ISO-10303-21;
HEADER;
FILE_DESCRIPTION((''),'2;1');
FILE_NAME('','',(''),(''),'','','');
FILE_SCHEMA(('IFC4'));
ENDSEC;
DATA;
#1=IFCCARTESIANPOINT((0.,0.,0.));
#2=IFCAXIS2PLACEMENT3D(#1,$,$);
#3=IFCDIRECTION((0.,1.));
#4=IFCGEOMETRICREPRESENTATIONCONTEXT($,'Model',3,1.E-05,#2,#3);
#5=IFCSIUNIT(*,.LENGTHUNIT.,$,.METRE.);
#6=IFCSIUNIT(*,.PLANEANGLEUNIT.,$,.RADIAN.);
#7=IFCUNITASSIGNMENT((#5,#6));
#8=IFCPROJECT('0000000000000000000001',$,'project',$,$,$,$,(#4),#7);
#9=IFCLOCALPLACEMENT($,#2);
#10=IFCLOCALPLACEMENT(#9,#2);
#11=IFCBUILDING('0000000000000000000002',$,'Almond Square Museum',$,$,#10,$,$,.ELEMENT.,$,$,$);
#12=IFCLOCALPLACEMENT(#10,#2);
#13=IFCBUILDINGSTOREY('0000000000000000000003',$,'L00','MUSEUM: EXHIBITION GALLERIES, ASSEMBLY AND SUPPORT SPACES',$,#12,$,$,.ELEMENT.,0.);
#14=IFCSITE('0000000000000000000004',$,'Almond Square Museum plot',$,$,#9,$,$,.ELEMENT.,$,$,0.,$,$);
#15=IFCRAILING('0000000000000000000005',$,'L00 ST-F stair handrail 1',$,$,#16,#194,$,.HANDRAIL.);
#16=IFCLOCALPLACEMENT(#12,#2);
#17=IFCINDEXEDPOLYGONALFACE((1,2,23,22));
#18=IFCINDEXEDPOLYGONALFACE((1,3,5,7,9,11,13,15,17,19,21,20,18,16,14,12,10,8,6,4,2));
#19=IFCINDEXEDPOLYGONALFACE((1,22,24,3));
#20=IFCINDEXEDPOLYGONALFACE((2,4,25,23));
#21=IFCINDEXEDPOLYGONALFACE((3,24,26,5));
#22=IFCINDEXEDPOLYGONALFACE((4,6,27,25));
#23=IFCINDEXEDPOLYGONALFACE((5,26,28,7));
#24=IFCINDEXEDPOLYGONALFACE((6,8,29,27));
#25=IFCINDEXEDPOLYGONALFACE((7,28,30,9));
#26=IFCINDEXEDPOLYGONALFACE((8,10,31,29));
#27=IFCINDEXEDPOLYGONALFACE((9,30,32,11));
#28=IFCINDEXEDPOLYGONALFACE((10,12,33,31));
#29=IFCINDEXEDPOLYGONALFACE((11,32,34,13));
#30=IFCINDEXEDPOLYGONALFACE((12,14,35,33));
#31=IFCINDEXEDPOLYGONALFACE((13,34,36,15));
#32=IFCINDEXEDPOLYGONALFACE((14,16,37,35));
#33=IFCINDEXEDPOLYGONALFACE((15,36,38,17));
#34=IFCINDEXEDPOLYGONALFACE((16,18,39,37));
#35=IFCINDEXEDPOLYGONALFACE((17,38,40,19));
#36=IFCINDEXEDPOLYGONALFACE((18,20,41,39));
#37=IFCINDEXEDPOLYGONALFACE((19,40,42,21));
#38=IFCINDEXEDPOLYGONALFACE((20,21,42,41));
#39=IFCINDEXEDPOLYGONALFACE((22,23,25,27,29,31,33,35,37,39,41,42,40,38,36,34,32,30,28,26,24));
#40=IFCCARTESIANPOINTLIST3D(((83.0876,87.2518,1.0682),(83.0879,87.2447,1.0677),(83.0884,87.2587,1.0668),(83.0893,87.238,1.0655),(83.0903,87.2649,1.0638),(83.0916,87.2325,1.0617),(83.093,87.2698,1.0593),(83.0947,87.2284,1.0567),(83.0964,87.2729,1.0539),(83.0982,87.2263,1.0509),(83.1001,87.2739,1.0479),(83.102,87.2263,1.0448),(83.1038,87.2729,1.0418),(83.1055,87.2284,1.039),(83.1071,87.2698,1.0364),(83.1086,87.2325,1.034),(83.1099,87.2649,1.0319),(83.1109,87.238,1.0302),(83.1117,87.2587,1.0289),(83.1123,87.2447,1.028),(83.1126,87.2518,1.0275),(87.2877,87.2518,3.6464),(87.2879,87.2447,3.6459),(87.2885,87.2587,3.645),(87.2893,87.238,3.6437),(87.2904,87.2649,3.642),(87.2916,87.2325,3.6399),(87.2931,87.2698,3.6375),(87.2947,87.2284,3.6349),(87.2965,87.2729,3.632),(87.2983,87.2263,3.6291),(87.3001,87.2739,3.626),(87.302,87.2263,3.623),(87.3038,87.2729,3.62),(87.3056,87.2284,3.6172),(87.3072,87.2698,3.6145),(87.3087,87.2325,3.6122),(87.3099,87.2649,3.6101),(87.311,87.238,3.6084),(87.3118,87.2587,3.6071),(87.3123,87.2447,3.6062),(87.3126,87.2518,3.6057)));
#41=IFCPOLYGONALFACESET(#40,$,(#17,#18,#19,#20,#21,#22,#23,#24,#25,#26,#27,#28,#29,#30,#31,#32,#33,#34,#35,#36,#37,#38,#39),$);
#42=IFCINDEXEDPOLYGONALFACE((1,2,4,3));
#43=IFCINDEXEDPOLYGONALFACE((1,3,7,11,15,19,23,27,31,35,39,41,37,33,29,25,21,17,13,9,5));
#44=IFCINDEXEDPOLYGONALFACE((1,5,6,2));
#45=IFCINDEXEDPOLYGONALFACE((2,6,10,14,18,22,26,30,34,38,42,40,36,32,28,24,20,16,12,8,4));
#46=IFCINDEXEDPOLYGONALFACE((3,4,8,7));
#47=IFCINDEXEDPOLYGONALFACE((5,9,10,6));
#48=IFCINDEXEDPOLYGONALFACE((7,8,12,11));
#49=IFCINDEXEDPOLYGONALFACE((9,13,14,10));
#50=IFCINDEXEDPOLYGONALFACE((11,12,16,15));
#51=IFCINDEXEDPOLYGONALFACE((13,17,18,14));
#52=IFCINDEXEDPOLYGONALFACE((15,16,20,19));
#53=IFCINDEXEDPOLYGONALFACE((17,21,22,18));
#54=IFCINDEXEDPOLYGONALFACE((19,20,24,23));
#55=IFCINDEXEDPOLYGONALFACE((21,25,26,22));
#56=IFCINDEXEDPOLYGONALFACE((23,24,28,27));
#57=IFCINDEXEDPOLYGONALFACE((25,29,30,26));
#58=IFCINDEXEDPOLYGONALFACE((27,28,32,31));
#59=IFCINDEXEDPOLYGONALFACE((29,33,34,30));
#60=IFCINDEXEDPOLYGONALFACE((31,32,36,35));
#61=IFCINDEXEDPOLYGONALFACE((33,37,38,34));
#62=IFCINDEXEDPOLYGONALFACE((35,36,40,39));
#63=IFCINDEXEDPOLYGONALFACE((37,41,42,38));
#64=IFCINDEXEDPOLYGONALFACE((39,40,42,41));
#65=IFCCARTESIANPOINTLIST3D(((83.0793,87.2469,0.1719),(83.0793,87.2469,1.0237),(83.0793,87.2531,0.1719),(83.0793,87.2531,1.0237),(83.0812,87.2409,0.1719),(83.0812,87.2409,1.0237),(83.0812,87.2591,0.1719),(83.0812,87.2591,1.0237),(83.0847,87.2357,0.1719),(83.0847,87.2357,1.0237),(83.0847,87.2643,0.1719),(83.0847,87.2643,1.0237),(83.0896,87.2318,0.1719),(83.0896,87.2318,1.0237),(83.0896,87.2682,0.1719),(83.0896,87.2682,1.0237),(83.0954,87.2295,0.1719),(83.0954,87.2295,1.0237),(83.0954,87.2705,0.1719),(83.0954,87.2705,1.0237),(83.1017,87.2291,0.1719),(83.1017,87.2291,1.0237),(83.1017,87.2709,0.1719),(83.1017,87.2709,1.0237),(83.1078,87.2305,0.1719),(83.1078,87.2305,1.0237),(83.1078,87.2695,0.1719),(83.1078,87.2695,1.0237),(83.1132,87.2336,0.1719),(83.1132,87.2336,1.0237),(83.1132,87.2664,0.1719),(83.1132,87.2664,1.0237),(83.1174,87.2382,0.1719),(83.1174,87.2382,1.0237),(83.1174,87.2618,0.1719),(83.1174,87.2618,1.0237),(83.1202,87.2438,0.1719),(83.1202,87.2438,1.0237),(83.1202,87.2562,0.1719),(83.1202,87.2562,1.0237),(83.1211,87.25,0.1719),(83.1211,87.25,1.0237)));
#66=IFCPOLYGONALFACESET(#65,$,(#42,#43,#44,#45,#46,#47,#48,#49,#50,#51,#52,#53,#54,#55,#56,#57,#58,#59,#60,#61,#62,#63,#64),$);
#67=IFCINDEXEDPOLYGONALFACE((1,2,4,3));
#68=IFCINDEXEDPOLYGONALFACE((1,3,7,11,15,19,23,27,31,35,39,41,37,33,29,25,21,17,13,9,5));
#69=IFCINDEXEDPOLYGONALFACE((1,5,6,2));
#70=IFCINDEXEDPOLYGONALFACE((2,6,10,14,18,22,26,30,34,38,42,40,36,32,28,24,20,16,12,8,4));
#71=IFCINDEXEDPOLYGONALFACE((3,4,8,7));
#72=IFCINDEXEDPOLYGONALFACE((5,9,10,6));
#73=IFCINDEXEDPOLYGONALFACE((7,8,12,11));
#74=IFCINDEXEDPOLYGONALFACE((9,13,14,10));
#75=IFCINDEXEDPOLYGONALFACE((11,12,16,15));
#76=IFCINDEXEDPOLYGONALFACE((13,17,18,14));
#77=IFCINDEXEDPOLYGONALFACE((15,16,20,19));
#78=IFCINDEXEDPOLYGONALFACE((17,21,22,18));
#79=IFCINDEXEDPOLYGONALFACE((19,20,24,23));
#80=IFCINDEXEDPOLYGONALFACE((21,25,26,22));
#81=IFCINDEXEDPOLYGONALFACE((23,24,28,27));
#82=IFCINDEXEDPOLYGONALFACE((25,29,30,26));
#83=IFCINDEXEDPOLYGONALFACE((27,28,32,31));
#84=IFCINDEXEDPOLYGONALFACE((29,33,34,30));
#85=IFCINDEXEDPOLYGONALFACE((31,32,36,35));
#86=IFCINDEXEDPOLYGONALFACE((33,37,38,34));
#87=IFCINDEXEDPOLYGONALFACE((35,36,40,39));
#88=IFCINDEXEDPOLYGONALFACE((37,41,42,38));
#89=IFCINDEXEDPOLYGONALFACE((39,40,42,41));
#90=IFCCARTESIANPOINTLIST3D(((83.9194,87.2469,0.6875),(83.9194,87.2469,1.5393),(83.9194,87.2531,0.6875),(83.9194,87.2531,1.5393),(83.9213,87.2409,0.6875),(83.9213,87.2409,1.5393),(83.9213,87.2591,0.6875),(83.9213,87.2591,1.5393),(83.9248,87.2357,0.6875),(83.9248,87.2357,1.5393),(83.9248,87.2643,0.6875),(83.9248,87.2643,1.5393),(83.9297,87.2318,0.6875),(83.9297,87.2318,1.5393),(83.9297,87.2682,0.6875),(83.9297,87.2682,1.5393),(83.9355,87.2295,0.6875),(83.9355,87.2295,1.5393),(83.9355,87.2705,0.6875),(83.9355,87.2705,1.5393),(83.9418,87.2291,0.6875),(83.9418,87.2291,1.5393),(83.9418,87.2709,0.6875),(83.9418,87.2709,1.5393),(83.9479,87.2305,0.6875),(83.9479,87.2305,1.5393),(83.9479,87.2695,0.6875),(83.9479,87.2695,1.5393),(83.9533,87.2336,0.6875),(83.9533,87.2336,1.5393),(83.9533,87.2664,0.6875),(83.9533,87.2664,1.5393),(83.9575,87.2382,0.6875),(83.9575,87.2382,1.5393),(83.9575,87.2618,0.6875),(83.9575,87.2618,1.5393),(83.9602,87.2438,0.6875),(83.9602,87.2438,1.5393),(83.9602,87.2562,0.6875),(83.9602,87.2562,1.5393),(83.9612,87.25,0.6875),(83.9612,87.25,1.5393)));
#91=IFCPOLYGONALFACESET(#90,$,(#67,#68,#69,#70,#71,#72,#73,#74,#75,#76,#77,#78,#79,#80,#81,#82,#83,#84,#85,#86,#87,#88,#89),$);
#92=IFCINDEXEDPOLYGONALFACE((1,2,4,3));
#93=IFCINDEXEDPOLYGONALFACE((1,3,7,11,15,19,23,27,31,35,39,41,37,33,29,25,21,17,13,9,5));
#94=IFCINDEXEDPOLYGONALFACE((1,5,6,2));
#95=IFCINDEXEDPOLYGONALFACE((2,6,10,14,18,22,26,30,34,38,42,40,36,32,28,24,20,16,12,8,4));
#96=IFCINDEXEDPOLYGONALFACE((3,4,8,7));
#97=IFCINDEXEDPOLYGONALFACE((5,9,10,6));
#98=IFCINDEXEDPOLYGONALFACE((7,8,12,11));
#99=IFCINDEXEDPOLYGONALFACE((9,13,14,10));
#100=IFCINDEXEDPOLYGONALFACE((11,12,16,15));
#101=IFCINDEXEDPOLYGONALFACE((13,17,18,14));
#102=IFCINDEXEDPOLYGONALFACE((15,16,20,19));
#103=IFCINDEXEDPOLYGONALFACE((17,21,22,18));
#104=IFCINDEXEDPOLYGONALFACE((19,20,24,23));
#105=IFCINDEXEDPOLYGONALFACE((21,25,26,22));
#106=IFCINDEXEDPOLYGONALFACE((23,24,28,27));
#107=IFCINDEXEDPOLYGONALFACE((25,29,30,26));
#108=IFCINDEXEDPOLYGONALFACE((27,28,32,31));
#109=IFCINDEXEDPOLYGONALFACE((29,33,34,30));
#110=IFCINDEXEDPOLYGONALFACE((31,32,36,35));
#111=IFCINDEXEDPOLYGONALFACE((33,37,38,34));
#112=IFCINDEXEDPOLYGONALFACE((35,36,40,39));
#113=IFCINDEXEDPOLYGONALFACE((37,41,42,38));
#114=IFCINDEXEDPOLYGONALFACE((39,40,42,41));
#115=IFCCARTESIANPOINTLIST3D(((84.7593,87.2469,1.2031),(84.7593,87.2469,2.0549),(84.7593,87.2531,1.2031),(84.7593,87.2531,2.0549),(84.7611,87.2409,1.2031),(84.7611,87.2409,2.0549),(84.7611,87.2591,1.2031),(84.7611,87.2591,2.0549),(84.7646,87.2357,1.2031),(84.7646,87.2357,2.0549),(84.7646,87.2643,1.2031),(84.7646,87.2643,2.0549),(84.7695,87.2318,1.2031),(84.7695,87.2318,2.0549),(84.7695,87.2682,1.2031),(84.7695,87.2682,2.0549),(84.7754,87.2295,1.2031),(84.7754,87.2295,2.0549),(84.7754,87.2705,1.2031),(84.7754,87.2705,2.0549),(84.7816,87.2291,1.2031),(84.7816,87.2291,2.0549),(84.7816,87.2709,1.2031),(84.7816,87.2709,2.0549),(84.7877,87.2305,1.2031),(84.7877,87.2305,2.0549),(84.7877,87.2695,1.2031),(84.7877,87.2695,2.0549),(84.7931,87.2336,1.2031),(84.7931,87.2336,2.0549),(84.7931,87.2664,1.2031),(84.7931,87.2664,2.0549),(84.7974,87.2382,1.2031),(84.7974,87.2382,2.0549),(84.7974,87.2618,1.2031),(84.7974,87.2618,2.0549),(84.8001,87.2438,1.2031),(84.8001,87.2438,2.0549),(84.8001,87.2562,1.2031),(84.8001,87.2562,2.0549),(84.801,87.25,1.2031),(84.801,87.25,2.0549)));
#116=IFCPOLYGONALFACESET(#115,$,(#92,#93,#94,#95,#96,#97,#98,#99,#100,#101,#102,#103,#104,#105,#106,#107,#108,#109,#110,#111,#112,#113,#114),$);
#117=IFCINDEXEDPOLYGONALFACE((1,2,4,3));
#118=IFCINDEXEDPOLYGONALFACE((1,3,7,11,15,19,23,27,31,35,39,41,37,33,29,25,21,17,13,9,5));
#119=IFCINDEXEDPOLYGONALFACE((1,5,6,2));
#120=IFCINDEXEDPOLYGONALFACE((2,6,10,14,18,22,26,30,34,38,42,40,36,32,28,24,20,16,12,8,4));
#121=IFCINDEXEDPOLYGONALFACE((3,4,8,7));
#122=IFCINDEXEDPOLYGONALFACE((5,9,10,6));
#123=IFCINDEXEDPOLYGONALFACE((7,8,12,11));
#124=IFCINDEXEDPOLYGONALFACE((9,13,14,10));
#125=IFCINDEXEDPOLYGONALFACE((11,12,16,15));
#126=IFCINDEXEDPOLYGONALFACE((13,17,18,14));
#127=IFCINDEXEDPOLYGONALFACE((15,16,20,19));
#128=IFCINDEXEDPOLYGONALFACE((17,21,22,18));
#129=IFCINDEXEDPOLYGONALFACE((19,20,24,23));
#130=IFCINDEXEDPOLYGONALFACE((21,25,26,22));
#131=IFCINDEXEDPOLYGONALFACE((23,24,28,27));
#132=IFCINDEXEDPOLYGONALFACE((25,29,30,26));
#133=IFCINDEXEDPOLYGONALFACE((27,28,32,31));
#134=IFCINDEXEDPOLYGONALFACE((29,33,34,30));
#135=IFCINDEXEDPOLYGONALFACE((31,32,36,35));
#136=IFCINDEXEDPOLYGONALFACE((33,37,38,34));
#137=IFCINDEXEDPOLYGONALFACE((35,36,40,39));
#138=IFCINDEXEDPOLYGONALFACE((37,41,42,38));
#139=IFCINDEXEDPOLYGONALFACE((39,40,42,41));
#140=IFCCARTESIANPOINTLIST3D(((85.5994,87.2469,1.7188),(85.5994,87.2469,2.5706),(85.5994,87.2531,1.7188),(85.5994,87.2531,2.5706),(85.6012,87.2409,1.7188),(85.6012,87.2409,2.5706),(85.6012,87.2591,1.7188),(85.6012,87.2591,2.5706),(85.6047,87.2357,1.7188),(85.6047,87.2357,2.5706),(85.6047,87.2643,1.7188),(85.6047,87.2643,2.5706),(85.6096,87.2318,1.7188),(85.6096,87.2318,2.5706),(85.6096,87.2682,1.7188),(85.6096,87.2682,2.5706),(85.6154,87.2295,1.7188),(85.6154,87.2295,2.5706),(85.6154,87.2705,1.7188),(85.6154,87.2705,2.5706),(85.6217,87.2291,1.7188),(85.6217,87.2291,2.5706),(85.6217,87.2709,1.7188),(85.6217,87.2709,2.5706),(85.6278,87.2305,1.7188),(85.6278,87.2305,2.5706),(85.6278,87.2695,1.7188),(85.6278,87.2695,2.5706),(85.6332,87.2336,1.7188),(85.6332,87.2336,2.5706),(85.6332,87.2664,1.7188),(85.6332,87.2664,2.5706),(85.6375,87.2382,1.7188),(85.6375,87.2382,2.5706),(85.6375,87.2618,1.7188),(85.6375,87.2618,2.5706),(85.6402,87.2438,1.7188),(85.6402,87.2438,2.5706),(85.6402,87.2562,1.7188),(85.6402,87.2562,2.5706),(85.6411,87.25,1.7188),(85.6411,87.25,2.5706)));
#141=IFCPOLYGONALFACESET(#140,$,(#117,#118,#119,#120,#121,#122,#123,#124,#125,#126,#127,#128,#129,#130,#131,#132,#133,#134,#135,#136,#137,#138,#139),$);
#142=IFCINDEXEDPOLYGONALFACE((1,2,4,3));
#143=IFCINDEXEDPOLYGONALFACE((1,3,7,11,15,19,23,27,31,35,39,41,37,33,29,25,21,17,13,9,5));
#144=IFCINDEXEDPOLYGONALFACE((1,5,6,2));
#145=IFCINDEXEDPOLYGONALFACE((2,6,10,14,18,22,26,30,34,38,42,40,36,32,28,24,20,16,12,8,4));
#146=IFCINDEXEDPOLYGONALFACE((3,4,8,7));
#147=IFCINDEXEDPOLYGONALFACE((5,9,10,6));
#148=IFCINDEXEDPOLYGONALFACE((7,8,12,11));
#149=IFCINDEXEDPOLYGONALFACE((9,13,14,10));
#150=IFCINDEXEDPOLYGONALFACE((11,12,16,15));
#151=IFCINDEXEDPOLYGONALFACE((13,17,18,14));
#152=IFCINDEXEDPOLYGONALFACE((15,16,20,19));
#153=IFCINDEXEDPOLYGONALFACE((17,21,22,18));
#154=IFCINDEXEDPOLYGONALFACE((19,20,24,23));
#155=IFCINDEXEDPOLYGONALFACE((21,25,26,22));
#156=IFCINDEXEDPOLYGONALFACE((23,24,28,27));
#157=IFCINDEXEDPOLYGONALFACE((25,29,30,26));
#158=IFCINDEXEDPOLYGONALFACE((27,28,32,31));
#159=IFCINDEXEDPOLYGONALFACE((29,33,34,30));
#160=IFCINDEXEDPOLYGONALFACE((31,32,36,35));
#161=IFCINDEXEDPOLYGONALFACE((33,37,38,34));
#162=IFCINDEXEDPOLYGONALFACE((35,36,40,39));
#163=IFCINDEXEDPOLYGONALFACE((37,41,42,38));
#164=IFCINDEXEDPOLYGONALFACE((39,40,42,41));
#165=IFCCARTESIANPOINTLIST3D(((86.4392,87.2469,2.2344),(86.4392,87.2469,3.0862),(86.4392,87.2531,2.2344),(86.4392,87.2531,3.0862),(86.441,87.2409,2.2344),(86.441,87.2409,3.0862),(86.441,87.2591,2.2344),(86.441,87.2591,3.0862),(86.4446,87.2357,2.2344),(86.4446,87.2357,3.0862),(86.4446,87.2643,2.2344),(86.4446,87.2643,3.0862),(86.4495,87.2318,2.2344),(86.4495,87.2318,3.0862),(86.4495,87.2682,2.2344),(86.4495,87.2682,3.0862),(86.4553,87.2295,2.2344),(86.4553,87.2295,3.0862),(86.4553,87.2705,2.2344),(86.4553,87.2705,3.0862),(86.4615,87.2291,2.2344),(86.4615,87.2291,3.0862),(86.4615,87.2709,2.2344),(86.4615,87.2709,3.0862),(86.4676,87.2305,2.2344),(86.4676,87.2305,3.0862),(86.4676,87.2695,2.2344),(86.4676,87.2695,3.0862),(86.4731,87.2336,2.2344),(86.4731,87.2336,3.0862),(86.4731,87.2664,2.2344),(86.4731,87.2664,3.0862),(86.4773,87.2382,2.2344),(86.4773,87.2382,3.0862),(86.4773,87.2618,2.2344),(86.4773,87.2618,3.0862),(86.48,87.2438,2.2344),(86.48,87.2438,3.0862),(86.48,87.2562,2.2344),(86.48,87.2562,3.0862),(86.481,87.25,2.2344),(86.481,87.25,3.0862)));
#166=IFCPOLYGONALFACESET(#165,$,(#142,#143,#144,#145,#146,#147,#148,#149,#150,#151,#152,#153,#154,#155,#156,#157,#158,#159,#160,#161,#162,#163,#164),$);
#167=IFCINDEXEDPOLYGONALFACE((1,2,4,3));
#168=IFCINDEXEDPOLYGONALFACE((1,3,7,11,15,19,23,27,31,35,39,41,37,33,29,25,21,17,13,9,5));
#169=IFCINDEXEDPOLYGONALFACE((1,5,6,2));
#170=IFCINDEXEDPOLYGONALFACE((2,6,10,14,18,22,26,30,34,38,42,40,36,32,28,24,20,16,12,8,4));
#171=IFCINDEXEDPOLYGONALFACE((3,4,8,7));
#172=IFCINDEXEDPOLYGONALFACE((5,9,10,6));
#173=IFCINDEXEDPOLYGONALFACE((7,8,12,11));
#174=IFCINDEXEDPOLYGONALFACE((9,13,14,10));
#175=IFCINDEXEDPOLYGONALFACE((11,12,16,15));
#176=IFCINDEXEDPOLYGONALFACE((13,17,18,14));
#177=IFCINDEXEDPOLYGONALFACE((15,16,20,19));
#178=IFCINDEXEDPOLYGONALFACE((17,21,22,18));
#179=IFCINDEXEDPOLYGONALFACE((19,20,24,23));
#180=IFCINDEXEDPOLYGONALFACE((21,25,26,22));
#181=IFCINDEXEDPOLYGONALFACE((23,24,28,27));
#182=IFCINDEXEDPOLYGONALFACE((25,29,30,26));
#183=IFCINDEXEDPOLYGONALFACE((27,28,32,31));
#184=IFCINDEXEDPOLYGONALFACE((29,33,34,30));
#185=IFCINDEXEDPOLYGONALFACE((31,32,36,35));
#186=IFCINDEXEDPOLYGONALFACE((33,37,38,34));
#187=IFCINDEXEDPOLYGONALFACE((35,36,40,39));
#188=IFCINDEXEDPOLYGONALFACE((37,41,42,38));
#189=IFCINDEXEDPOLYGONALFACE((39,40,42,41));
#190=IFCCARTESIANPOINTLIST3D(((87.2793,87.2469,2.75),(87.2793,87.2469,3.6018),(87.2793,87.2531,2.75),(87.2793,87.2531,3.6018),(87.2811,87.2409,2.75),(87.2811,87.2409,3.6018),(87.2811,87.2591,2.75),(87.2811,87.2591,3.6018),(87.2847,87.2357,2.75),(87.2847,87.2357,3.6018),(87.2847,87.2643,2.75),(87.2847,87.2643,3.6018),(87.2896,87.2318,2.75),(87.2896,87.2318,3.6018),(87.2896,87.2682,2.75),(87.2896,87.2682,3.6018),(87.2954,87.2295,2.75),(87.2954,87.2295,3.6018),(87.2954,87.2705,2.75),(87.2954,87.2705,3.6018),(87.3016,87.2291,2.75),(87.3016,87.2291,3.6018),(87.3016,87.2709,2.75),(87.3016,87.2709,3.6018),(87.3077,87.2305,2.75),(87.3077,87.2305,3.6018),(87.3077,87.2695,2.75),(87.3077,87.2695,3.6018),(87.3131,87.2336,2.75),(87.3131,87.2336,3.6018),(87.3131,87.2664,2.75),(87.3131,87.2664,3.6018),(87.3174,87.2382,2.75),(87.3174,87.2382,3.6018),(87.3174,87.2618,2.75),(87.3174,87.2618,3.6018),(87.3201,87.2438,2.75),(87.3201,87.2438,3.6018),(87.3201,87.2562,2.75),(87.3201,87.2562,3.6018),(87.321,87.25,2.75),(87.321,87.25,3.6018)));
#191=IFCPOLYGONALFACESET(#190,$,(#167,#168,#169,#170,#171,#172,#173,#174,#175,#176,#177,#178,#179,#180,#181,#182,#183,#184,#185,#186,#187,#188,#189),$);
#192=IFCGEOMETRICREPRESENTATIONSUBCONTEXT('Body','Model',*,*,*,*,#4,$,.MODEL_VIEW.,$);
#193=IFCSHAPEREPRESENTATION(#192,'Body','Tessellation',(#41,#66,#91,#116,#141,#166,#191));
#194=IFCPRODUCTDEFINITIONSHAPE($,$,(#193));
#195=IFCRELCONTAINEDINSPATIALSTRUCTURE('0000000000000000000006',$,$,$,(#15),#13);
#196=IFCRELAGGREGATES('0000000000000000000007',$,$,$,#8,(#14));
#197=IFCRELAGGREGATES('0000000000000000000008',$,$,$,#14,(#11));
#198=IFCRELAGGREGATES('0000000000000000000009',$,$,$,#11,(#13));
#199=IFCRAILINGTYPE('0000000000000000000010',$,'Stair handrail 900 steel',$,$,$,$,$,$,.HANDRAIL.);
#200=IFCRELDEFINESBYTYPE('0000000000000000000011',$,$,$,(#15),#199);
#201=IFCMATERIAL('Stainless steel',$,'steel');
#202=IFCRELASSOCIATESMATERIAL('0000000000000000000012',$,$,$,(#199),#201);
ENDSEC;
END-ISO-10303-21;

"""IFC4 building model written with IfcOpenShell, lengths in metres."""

from ifc_helpers import new_model, si_unit, direction, frame, origin, origin_2d, place, context, subcontext, project, spatial, circle, extrude, material, type_object, element, save


model = new_model("IFC4")

# Units and contexts
model_context = context("Model", 3, precision=1e-05, world=origin(), true_north=direction((0.0, 1.0)))
body_context = subcontext(model_context, "Body", "Model", "MODEL_VIEW")
ifc_project = project(units=[si_unit("LENGTHUNIT", "METRE"), si_unit("PLANEANGLEUNIT", "RADIAN")], contexts=[model_context])

# Site, building, storey
site_placement = place(None, origin())
site = spatial("IfcSite", under=ifc_project, at=site_placement, Name="Almond Square Museum plot", CompositionType="ELEMENT", RefElevation=0.0)
building_placement = place(site_placement, origin())
building = spatial("IfcBuilding", under=site, at=building_placement, Name="Almond Square Museum", CompositionType="ELEMENT")
storey_placement = place(building_placement, origin())
storey = spatial("IfcBuildingStorey", under=building, at=storey_placement, Name="L00", Description="MUSEUM: EXHIBITION GALLERIES, ASSEMBLY AND SUPPORT SPACES", CompositionType="ELEMENT", Elevation=0.0)

# Railing
ifc_material_1 = material(Name="Stainless steel", Category="steel")
railing_type_1 = type_object("IfcRailingType", Name="Stair handrail 900 steel", PredefinedType="HANDRAIL", material=ifc_material_1)
railing_1_placement = place(storey_placement, frame((83.1001, 87.25, 0.1719)))
element("IfcRailing", 1, at=railing_1_placement, inside=storey, type_object=railing_type_1, Name="L00 ST-F stair handrail 1", PredefinedType="HANDRAIL", context=body_context, shape_type="SweptSolid", body=[
    extrude(circle(Radius=0.0239, at=origin_2d()), frame((0.0, 0.0, 0.876), z_axis=(0.852243, 0.0, 0.523146), x_axis=(0.0, 1.0, 0.0)), (0.0, 0.0, 1.0), 4.9282),
    extrude(circle(Radius=0.021, at=origin_2d()), origin(), (0.0, 0.0, 1.0), 0.8518),
    extrude(circle(Radius=0.021, at=origin_2d()), frame((0.8401, 0.0, 0.5156)), (0.0, 0.0, 1.0), 0.8518),
    extrude(circle(Radius=0.021, at=origin_2d()), frame((1.6799, 0.0, 1.0312)), (0.0, 0.0, 1.0), 0.8518),
    extrude(circle(Radius=0.021, at=origin_2d()), frame((2.52, 0.0, 1.5469)), (0.0, 0.0, 1.0), 0.8518),
    extrude(circle(Radius=0.021, at=origin_2d()), frame((3.3599, 0.0, 2.0625)), (0.0, 0.0, 1.0), 0.8518),
    extrude(circle(Radius=0.021, at=origin_2d()), frame((4.2, 0.0, 2.5781)), (0.0, 0.0, 1.0), 0.8518),
])

save(model, "model.ifc")
